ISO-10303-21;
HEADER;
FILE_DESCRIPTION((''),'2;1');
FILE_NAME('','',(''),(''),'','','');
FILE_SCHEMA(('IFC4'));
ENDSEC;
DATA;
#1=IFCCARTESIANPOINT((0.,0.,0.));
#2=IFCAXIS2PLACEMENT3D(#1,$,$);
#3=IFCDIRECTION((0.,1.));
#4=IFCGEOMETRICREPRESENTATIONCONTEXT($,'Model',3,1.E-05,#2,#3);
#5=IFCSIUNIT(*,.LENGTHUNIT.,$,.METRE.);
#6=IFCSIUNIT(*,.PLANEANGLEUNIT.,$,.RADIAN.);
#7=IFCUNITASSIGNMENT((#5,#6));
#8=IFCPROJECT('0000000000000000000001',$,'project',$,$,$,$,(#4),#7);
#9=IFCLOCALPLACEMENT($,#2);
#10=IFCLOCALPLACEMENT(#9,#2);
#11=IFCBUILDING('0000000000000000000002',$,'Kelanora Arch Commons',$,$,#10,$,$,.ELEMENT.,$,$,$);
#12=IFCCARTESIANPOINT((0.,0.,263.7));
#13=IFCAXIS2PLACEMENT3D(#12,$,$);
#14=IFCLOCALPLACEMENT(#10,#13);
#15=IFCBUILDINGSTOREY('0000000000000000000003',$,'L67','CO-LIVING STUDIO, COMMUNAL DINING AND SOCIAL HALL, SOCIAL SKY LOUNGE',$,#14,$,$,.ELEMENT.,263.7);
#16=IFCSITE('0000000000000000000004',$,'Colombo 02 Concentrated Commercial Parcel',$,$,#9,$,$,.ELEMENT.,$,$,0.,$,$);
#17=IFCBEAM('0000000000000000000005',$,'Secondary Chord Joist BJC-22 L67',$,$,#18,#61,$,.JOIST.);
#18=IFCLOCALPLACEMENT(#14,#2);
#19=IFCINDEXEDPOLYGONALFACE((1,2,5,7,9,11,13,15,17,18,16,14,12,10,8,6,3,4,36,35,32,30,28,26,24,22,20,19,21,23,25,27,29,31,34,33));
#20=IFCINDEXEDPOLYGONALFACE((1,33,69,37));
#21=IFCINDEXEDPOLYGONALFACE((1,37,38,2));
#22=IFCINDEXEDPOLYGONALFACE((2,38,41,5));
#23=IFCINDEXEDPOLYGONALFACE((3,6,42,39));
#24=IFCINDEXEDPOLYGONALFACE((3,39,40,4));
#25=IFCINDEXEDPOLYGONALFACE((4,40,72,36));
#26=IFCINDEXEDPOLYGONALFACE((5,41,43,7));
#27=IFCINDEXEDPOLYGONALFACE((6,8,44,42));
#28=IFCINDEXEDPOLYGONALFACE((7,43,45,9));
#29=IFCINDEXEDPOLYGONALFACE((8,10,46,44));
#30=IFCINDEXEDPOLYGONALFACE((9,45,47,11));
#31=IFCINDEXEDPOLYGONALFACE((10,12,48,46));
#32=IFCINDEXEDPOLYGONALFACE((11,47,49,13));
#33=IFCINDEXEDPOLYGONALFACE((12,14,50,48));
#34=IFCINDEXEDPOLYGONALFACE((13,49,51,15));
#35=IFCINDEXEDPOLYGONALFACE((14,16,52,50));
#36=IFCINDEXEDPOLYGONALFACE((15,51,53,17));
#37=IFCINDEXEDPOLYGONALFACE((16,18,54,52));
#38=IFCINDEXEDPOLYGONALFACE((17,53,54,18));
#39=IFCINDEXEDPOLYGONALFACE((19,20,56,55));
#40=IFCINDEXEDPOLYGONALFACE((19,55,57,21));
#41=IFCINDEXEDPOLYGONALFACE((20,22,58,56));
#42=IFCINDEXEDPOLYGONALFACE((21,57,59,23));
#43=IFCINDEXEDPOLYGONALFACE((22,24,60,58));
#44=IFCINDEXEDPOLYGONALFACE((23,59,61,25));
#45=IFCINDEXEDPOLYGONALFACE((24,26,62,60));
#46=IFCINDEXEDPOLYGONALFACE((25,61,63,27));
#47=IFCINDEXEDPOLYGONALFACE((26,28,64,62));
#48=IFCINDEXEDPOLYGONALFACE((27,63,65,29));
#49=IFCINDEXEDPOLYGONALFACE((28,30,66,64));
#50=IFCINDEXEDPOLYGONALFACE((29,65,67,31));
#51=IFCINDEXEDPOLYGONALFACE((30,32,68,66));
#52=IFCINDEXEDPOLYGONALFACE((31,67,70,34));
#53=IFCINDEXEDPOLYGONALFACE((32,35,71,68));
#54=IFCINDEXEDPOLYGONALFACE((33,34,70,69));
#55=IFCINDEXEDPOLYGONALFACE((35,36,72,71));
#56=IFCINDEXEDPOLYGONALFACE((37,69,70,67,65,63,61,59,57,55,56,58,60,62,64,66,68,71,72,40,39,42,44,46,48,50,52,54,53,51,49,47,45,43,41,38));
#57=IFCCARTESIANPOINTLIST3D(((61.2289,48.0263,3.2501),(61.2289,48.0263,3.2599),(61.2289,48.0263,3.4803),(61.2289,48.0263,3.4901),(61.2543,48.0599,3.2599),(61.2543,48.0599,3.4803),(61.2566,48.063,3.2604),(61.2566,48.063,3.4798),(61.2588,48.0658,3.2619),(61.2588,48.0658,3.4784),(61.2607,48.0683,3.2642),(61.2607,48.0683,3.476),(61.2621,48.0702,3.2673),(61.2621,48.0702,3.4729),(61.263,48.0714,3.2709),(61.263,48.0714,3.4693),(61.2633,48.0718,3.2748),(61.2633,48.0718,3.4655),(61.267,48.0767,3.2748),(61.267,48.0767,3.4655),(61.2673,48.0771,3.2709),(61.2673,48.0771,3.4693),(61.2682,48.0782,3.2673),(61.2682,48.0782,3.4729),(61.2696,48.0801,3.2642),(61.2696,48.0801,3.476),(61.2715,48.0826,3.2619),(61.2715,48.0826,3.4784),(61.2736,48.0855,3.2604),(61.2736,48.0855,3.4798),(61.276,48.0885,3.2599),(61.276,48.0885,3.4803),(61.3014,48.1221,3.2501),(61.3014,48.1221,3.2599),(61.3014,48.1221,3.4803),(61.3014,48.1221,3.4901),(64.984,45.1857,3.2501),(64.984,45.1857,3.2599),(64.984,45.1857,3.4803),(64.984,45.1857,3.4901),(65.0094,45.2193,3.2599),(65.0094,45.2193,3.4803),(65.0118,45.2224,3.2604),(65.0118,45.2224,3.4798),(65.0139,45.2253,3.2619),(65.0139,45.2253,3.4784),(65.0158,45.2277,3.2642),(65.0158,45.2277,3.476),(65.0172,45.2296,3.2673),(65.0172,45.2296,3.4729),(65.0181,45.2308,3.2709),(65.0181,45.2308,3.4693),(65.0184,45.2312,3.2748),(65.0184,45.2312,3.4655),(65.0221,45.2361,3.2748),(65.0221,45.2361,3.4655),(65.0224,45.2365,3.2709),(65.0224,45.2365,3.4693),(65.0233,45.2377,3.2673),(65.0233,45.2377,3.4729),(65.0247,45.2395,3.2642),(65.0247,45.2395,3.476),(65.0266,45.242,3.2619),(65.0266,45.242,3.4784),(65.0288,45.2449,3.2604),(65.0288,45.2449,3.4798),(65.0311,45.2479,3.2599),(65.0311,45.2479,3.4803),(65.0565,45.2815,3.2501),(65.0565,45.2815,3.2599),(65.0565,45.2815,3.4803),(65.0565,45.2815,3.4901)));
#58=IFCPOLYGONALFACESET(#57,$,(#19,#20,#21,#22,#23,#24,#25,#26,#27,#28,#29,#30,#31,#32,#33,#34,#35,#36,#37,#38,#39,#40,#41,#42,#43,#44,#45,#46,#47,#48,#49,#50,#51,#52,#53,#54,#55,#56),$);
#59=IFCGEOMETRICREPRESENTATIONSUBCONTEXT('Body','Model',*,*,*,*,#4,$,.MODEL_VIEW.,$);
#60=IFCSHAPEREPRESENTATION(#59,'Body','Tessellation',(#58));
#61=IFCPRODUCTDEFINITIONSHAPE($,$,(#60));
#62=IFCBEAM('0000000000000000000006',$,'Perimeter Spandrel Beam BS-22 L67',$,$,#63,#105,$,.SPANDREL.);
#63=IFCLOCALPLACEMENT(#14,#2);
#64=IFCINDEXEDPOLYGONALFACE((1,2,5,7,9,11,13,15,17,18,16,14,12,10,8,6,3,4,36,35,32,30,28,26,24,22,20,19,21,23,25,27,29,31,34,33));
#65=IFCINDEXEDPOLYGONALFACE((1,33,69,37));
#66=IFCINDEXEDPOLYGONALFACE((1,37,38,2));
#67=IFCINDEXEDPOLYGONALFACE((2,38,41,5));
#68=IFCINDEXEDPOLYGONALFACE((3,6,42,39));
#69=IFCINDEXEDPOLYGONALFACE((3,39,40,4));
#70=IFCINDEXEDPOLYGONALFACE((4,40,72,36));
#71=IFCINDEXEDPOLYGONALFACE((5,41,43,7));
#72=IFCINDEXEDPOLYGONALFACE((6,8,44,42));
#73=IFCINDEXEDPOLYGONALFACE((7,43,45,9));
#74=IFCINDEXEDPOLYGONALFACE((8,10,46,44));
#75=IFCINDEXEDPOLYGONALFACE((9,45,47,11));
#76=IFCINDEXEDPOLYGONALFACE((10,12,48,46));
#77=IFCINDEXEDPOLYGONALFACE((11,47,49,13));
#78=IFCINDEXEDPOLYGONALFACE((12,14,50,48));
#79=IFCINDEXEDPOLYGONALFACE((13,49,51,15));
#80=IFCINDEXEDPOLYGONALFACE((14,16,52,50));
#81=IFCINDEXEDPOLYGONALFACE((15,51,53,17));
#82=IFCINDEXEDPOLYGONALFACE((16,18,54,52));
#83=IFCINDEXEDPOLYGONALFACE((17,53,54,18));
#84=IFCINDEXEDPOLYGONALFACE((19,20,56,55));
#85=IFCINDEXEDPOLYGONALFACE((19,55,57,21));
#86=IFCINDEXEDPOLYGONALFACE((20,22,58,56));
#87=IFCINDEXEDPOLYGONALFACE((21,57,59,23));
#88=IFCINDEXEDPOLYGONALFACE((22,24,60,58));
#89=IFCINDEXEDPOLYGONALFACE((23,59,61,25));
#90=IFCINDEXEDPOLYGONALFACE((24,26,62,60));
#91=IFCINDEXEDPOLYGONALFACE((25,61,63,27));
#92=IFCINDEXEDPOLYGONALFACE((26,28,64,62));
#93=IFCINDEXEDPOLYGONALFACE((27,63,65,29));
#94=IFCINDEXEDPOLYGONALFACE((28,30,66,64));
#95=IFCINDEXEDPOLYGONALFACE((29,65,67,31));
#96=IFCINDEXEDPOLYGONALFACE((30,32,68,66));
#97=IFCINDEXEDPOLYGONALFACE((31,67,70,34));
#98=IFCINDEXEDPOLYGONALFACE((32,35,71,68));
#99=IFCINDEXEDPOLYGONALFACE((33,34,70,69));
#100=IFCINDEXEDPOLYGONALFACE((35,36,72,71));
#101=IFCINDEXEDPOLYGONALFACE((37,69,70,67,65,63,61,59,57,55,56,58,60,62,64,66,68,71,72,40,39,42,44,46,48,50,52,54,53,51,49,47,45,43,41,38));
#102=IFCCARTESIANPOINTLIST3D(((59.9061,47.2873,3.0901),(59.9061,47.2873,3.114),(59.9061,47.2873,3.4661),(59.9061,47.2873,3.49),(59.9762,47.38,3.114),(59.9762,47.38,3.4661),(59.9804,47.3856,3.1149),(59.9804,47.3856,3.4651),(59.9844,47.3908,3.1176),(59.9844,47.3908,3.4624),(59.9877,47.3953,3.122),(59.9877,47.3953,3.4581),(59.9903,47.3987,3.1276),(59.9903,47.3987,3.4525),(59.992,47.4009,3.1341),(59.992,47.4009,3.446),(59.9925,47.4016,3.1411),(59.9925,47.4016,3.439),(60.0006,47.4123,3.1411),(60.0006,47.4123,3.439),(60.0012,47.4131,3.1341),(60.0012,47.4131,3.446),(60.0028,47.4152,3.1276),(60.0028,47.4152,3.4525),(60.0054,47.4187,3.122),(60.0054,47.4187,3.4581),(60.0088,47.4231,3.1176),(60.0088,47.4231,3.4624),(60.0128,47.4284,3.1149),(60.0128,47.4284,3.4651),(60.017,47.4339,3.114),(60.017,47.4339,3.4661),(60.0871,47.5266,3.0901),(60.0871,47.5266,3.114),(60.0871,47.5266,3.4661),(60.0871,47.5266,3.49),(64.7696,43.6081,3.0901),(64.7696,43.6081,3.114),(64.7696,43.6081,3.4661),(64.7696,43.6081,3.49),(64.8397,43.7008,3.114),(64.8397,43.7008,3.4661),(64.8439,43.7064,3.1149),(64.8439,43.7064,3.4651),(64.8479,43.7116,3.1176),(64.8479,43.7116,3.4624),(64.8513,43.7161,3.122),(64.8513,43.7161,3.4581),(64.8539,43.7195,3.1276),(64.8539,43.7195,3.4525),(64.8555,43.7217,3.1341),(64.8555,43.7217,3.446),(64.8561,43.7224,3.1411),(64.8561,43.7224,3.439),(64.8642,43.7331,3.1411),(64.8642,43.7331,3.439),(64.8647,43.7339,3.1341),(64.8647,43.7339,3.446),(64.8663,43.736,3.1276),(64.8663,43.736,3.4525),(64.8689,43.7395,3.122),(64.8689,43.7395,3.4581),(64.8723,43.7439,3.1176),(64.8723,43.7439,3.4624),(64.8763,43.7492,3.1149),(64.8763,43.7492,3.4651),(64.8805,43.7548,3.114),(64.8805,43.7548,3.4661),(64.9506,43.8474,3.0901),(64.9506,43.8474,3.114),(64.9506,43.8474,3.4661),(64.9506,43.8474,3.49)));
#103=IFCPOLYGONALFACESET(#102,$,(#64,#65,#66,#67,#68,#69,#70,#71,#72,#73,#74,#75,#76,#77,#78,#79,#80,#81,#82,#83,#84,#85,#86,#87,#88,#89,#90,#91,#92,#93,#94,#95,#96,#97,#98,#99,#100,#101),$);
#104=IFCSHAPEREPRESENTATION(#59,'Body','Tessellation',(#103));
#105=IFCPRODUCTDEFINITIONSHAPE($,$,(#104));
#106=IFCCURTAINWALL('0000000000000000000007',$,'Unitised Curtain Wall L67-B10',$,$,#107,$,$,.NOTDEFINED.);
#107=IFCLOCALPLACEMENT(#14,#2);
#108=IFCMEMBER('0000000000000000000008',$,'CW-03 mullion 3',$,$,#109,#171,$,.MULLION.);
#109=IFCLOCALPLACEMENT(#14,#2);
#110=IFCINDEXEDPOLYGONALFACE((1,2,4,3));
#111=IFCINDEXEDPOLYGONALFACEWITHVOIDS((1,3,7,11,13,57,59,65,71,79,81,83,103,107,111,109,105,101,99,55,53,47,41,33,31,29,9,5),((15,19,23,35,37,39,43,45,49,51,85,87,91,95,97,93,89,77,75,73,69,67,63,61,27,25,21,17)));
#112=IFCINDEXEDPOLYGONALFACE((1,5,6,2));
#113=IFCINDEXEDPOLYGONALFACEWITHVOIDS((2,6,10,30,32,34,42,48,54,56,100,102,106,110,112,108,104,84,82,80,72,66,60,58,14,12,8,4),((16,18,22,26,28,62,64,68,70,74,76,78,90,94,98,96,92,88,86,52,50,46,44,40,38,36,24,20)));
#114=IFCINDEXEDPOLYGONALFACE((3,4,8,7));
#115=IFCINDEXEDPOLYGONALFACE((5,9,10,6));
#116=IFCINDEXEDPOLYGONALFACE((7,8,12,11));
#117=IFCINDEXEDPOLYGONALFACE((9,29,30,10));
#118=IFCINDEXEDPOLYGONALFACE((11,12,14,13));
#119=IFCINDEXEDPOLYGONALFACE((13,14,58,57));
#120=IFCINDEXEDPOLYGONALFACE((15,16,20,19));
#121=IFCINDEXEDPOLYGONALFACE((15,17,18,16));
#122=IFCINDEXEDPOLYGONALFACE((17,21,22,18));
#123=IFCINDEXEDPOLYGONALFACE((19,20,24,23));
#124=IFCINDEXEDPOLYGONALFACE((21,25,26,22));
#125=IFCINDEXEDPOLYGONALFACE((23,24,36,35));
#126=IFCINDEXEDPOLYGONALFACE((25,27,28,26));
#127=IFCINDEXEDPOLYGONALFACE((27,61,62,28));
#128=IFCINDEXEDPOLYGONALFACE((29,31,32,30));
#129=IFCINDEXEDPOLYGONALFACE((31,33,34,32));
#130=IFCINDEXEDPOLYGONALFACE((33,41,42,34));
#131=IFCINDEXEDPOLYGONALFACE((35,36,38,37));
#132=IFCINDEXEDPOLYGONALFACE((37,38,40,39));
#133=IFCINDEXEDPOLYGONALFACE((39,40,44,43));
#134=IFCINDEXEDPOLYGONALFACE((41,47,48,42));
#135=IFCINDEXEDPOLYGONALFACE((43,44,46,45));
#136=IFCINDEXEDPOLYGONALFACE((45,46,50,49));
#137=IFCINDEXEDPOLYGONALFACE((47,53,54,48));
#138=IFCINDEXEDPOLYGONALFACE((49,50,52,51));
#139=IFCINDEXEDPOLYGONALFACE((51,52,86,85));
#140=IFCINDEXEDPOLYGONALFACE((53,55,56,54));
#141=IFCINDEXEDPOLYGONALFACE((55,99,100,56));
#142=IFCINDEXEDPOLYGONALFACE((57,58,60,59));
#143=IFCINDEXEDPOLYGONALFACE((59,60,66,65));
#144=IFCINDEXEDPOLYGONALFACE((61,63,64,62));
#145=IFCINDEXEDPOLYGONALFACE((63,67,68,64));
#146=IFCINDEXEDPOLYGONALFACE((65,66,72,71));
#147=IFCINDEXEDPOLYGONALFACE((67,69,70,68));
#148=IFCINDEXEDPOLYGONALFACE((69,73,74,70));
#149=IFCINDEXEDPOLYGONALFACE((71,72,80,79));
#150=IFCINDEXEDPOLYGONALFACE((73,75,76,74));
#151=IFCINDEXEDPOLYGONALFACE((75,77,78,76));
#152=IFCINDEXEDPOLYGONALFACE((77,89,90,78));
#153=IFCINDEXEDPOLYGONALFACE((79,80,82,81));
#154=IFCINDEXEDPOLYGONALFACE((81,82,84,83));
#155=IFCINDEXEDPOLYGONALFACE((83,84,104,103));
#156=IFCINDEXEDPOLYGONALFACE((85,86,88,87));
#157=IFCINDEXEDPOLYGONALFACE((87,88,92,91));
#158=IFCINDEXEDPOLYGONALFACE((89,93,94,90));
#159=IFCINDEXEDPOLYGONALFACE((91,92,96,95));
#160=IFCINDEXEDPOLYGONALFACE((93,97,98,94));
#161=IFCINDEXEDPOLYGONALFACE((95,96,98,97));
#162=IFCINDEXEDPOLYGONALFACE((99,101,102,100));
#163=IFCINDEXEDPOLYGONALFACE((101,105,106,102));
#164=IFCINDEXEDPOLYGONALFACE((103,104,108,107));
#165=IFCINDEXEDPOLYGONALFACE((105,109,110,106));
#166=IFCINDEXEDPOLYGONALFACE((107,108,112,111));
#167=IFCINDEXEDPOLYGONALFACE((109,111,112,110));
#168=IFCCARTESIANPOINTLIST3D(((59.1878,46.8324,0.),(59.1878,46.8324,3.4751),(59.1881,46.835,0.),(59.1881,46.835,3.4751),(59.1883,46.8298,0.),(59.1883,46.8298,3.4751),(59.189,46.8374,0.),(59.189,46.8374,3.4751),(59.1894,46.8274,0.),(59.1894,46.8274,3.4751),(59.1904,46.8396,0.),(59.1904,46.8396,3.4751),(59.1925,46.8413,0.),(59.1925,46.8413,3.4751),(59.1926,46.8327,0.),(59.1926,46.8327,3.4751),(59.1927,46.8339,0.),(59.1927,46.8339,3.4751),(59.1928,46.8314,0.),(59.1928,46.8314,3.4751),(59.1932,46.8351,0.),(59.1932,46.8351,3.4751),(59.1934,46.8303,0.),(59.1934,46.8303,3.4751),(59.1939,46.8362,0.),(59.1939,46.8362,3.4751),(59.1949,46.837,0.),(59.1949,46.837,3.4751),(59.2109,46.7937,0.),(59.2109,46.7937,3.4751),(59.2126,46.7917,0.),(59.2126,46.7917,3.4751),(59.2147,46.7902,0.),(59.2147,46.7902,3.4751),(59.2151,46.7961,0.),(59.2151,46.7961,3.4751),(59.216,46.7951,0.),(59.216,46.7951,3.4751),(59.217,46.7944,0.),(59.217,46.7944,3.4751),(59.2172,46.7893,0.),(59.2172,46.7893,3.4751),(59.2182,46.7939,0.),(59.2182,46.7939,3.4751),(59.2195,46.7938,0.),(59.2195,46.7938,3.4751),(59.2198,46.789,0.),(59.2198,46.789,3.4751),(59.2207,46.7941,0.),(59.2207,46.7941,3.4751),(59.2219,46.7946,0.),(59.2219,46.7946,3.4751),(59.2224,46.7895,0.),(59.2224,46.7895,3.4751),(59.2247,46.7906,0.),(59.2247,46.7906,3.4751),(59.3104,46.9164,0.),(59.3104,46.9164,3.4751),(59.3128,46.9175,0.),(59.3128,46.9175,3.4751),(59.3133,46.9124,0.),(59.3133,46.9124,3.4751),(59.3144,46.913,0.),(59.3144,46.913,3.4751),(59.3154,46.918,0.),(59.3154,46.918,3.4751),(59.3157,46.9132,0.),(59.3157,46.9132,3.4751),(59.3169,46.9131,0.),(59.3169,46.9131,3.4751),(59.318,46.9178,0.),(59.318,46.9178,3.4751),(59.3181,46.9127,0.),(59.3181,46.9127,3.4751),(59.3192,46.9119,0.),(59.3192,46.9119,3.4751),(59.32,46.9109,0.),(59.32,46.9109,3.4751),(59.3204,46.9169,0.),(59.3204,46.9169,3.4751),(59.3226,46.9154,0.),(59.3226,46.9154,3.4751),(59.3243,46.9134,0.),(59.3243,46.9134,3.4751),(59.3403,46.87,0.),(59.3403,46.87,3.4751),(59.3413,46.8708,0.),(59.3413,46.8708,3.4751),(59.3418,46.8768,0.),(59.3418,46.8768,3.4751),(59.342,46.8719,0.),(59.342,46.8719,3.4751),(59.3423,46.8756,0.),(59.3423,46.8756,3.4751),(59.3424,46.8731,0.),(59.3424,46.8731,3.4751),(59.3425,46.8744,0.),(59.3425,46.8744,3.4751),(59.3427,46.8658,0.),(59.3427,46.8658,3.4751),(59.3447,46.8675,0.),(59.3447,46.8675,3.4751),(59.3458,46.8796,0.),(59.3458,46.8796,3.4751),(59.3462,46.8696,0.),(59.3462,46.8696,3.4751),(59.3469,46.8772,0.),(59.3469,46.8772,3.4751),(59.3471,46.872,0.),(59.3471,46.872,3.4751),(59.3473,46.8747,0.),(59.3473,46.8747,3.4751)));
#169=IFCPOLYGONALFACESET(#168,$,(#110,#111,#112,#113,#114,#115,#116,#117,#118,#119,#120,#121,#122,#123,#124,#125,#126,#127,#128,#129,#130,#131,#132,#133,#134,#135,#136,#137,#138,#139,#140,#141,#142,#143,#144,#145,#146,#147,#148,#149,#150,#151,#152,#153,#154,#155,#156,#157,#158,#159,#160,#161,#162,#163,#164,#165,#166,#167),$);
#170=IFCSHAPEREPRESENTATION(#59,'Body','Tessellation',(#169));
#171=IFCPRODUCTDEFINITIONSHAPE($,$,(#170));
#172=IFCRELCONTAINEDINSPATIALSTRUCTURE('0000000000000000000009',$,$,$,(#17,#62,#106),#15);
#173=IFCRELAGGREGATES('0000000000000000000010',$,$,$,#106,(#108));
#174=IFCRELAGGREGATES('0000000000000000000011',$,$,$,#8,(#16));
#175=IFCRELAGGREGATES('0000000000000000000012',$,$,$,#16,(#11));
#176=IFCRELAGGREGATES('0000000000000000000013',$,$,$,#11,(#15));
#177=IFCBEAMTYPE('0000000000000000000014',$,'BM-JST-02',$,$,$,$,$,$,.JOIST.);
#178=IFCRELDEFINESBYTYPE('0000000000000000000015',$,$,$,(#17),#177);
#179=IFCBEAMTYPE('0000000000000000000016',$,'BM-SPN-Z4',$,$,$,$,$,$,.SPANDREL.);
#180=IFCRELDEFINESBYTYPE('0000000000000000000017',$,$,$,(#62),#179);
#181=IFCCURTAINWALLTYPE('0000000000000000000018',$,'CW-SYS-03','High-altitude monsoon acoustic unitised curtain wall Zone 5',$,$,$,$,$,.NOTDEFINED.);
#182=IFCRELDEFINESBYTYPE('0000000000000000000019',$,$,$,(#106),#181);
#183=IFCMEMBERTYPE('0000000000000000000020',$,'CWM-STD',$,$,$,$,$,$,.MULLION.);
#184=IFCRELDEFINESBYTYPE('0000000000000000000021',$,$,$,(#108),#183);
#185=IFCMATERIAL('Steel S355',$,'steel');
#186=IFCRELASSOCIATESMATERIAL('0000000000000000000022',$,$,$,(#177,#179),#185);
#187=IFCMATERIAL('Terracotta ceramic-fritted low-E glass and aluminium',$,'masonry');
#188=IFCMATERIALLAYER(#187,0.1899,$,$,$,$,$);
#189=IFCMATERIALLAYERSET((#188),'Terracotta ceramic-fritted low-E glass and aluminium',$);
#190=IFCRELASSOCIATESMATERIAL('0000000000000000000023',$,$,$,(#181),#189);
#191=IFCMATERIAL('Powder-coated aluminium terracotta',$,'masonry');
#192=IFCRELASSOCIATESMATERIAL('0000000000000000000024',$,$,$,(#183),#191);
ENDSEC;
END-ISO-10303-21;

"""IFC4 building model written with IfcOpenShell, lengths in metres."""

from ifc_helpers import new_model, si_unit, direction, frame, origin, origin_2d, place, context, subcontext, project, spatial, hollow_rectangle, i_section, extrude, material, layer, layer_set, material_profile, profile_set, type_object, element, aggregate, save


model = new_model("IFC4")

# Units and contexts
model_context = context("Model", 3, precision=1e-05, world=origin(), true_north=direction((0.0, 1.0)))
body_context = subcontext(model_context, "Body", "Model", "MODEL_VIEW")
ifc_project = project(units=[si_unit("LENGTHUNIT", "METRE"), si_unit("PLANEANGLEUNIT", "RADIAN")], contexts=[model_context])

# Site, building, storey
site_placement = place(None, origin())
site = spatial("IfcSite", under=ifc_project, at=site_placement, Name="Colombo 02 Concentrated Commercial Parcel", CompositionType="ELEMENT", RefElevation=0.0)
building_placement = place(site_placement, origin())
building = spatial("IfcBuilding", under=site, at=building_placement, Name="Kelanora Arch Commons", CompositionType="ELEMENT")
storey_placement = place(building_placement, frame((0.0, 0.0, 263.7)))
storey = spatial("IfcBuildingStorey", under=building, at=storey_placement, Name="L67", Description="CO-LIVING STUDIO, COMMUNAL DINING AND SOCIAL HALL, SOCIAL SKY LOUNGE", CompositionType="ELEMENT", Elevation=263.7)

# Beams
ifc_material_1 = material(Name="Steel S355", Category="steel")
ifc_material_profile_1 = material_profile(ifc_material_1, i_section(OverallWidth=0.1201, OverallDepth=0.24, WebThickness=0.0061, FlangeThickness=0.0098, FilletRadius=0.0149, at=origin_2d()), Name="IPE240")
ifc_profile_set_1 = profile_set([ifc_material_profile_1], Name="Steel S355")
beam_type_1 = type_object("IfcBeamType", Name="BM-JST-02", PredefinedType="JOIST", material=ifc_profile_set_1)
beam_1_placement = place(storey_placement, frame((61.2651, 48.0742, 3.3701), z_axis=(0.797523, -0.603289, 0.0), x_axis=(0.603289, 0.797523, 0.0)))
element("IfcBeam", 1, at=beam_1_placement, inside=storey, type_object=beam_type_1, Name="Secondary Chord Joist BJC-22 L67", PredefinedType="JOIST", context=body_context, shape_type="SweptSolid", body=[
    extrude(i_section(OverallWidth=0.1201, OverallDepth=0.24, WebThickness=0.0061, FlangeThickness=0.0098, FilletRadius=0.0149, at=origin_2d()), origin(), (0.0, 0.0, 1.0), 4.7085),
])
ifc_material_profile_2 = material_profile(ifc_material_1, i_section(OverallWidth=0.3, OverallDepth=0.3999, WebThickness=0.0134, FlangeThickness=0.0239, FilletRadius=0.0271, at=origin_2d()), Name="HEB400")
ifc_profile_set_2 = profile_set([ifc_material_profile_2], Name="Steel S355")
beam_type_2 = type_object("IfcBeamType", Name="BM-SPN-Z4", PredefinedType="SPANDREL", material=ifc_profile_set_2)
beam_2_placement = place(storey_placement, frame((59.9966, 47.407, 3.29), z_axis=(0.797509, -0.603306, 0.0), x_axis=(0.603306, 0.797509, 0.0)))
element("IfcBeam", 2, at=beam_2_placement, inside=storey, type_object=beam_type_2, Name="Perimeter Spandrel Beam BS-22 L67", PredefinedType="SPANDREL", context=body_context, shape_type="SweptSolid", body=[
    extrude(i_section(OverallWidth=0.3, OverallDepth=0.3999, WebThickness=0.0134, FlangeThickness=0.0239, FilletRadius=0.0271, at=origin_2d()), origin(), (0.0, 0.0, 1.0), 6.0984),
])

# Curtain wall, member
ifc_material_2 = material(Name="Terracotta ceramic-fritted low-E glass and aluminium", Category="masonry")
ifc_layer_1 = layer(ifc_material_2, 0.1899)
ifc_layer_set_1 = layer_set([ifc_layer_1], Name="Terracotta ceramic-fritted low-E glass and aluminium")
curtain_wall_type = type_object("IfcCurtainWallType", Name="CW-SYS-03", Description="High-altitude monsoon acoustic unitised curtain wall Zone 5", PredefinedType="NOTDEFINED", material=ifc_layer_set_1)
curtain_wall_placement = place(storey_placement, origin())
curtain_wall = element("IfcCurtainWall", 3, at=curtain_wall_placement, inside=storey, type_object=curtain_wall_type, Name="Unitised Curtain Wall L67-B10", PredefinedType="NOTDEFINED")
ifc_material_3 = material(Name="Powder-coated aluminium terracotta", Category="masonry")
ifc_material_profile_3 = material_profile(ifc_material_3, hollow_rectangle(XDim=0.1599, YDim=0.0601, WallThickness=0.0049, InnerFilletRadius=0.0049, OuterFilletRadius=0.01, at=origin_2d()), Name="CWM160x60")
ifc_profile_set_3 = profile_set([ifc_material_profile_3], Name="Powder-coated aluminium terracotta")
member_type_1 = type_object("IfcMemberType", Name="CWM-STD", PredefinedType="MULLION", material=ifc_profile_set_3)
member_1_placement = place(storey_placement, frame((59.2676, 46.8535, 0.0), z_axis=(0.0, 0.0, 1.0), x_axis=(0.843391, 0.5373, 0.0)))
member_1 = element("IfcMember", 4, at=member_1_placement, type_object=member_type_1, Name="CW-03 mullion 3", PredefinedType="MULLION", context=body_context, shape_type="SweptSolid", body=[
    extrude(hollow_rectangle(XDim=0.1599, YDim=0.0601, WallThickness=0.0049, InnerFilletRadius=0.0049, OuterFilletRadius=0.01, at=origin_2d()), origin(), (0.0, 0.0, 1.0), 3.4751),
])
aggregate(curtain_wall, [member_1])

save(model, "model.ifc")
